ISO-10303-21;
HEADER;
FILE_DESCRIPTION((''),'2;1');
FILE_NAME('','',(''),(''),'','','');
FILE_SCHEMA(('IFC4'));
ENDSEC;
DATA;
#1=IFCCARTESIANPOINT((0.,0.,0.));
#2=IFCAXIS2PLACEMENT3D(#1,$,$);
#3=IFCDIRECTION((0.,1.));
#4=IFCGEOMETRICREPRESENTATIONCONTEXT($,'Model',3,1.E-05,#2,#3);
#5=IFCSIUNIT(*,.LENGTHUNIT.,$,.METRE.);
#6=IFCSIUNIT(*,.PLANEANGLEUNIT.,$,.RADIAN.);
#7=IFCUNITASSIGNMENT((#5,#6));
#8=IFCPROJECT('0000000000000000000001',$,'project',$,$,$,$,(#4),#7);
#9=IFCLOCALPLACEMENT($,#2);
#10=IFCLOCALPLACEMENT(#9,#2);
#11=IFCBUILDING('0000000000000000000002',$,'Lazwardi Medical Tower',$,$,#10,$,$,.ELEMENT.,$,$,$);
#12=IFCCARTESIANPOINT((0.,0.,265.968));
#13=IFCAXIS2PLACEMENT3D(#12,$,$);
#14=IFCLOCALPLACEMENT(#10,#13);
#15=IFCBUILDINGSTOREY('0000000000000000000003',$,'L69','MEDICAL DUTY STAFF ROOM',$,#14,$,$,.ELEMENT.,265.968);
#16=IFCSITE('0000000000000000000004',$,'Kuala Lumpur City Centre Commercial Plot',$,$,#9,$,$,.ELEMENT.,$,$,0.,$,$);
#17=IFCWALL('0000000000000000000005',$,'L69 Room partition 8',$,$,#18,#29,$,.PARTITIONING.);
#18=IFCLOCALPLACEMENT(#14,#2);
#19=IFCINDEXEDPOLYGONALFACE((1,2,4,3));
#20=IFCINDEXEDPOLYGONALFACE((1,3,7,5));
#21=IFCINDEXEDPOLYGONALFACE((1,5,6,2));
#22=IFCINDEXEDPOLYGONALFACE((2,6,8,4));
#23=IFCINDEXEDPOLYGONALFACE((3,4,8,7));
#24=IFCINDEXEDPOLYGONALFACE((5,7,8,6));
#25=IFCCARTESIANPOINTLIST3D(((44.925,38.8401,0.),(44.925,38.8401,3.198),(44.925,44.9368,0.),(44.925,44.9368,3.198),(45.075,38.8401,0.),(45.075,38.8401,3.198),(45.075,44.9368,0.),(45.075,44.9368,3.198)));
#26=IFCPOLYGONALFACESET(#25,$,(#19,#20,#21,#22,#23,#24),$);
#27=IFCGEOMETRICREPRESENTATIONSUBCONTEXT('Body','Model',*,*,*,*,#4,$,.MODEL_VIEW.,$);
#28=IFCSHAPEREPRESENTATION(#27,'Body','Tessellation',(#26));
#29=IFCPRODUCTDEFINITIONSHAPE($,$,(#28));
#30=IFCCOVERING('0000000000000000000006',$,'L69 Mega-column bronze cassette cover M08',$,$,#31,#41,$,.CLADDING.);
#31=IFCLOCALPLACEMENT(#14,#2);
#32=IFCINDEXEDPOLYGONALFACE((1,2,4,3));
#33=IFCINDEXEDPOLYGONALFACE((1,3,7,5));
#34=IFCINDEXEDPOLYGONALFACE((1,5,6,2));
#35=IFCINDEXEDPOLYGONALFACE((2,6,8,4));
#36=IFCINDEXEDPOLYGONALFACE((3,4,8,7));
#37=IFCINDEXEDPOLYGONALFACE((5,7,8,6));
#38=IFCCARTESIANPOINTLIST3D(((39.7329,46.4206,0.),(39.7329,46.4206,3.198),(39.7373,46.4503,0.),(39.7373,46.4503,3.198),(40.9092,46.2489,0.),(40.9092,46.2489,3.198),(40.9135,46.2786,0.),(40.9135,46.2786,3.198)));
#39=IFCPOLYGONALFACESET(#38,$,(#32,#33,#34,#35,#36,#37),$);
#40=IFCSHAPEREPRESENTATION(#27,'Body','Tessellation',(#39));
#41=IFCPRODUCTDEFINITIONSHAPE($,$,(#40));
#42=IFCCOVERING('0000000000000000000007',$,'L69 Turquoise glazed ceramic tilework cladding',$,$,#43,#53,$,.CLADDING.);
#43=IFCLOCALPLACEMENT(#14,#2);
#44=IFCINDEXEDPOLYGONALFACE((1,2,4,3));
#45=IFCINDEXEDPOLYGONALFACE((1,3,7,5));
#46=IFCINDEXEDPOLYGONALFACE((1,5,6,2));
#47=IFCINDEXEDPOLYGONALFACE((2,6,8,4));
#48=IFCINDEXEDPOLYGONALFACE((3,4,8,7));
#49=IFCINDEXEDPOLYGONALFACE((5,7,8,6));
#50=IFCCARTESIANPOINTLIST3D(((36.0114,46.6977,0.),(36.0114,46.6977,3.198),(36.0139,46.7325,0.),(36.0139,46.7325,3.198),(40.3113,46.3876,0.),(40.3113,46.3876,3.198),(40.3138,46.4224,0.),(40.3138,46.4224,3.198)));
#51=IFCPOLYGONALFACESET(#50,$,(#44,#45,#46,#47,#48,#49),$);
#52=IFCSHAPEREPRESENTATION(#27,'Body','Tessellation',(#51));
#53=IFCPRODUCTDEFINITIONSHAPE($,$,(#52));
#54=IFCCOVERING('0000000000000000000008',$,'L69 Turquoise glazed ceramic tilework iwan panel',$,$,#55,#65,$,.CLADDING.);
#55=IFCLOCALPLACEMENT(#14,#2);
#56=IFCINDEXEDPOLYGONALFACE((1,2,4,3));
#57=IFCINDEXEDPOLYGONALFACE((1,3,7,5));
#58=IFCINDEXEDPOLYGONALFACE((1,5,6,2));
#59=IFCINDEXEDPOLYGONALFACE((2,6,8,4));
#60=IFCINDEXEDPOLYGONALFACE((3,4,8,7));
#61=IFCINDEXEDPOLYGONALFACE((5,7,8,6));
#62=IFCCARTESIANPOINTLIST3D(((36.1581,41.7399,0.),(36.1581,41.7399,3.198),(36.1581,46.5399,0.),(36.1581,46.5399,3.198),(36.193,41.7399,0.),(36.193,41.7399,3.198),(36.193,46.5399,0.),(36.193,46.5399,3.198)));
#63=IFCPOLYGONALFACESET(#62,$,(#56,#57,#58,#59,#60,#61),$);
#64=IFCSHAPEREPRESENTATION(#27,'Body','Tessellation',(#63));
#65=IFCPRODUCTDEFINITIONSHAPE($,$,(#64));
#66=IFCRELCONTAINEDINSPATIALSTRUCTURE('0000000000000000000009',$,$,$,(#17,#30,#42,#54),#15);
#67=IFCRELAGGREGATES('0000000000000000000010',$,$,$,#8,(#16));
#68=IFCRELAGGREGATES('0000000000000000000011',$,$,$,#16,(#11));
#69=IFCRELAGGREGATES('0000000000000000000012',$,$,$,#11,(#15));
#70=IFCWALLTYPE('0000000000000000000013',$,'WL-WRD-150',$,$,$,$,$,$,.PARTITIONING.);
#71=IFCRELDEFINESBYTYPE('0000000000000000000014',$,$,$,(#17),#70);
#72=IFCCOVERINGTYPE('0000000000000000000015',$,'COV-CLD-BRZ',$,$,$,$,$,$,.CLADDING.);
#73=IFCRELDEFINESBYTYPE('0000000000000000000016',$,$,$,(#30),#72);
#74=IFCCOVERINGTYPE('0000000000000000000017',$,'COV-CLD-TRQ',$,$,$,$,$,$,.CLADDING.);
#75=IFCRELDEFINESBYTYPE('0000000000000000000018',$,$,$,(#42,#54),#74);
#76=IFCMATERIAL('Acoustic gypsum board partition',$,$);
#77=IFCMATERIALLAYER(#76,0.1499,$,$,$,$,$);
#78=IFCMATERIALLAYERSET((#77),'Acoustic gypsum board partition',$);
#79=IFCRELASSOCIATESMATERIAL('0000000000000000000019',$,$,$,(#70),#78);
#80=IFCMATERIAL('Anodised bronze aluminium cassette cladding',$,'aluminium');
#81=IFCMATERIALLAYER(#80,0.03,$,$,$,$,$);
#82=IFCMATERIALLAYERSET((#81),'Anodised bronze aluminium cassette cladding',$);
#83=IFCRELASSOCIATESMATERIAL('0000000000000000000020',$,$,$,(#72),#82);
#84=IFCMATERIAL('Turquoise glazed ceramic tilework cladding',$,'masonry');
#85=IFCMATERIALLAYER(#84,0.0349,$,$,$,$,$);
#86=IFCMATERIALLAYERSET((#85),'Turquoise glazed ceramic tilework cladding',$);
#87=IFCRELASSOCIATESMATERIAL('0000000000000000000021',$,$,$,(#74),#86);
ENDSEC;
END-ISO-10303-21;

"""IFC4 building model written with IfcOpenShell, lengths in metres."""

from ifc_helpers import new_model, si_unit, direction, frame, frame_2d, origin, origin_2d, place, context, subcontext, project, spatial, rectangle, extrude, material, layer, layer_set, type_object, element, save


model = new_model("IFC4")

# Units and contexts
model_context = context("Model", 3, precision=1e-05, world=origin(), true_north=direction((0.0, 1.0)))
body_context = subcontext(model_context, "Body", "Model", "MODEL_VIEW")
ifc_project = project(units=[si_unit("LENGTHUNIT", "METRE"), si_unit("PLANEANGLEUNIT", "RADIAN")], contexts=[model_context])

# Site, building, storey
site_placement = place(None, origin())
site = spatial("IfcSite", under=ifc_project, at=site_placement, Name="Kuala Lumpur City Centre Commercial Plot", CompositionType="ELEMENT", RefElevation=0.0)
building_placement = place(site_placement, origin())
building = spatial("IfcBuilding", under=site, at=building_placement, Name="Lazwardi Medical Tower", CompositionType="ELEMENT")
storey_placement = place(building_placement, frame((0.0, 0.0, 265.968)))
storey = spatial("IfcBuildingStorey", under=building, at=storey_placement, Name="L69", Description="MEDICAL DUTY STAFF ROOM", CompositionType="ELEMENT", Elevation=265.968)

# Wall
ifc_material_1 = material(Name="Acoustic gypsum board partition")
ifc_layer_1 = layer(ifc_material_1, 0.1499)
ifc_layer_set_1 = layer_set([ifc_layer_1], Name="Acoustic gypsum board partition")
wall_type_1 = type_object("IfcWallType", Name="WL-WRD-150", PredefinedType="PARTITIONING", material=ifc_layer_set_1)
wall_1_placement = place(storey_placement, frame((45.0, 38.8401, 0.0), z_axis=(0.0, 0.0, 1.0), x_axis=(0.0, 1.0, 0.0)))
element("IfcWall", 1, at=wall_1_placement, inside=storey, type_object=wall_type_1, Name="L69 Room partition 8", PredefinedType="PARTITIONING", context=body_context, shape_type="SweptSolid", body=[
    extrude(rectangle(XDim=6.0967, YDim=0.1499, at=frame_2d((3.0483, 0.0))), origin(), (0.0, 0.0, 1.0), 3.198),
])

# Coverings
ifc_material_2 = material(Name="Anodised bronze aluminium cassette cladding", Category="aluminium")
ifc_layer_2 = layer(ifc_material_2, 0.03)
ifc_layer_set_2 = layer_set([ifc_layer_2], Name="Anodised bronze aluminium cassette cladding")
covering_type_1 = type_object("IfcCoveringType", Name="COV-CLD-BRZ", PredefinedType="CLADDING", material=ifc_layer_set_2)
covering_1_placement = place(storey_placement, frame((40.3232, 46.3496, 0.0), z_axis=(0.0, 0.0, 1.0), x_axis=(-0.989512, 0.144448, 0.0)))
element("IfcCovering", 2, at=covering_1_placement, inside=storey, type_object=covering_type_1, Name="L69 Mega-column bronze cassette cover M08", PredefinedType="CLADDING", context=body_context, shape_type="SweptSolid", body=[
    extrude(rectangle(XDim=1.1887, YDim=0.03, at=origin_2d()), origin(), (0.0, 0.0, 1.0), 3.198),
])
ifc_material_3 = material(Name="Turquoise glazed ceramic tilework cladding", Category="masonry")
ifc_layer_3 = layer(ifc_material_3, 0.0349)
ifc_layer_set_3 = layer_set([ifc_layer_3], Name="Turquoise glazed ceramic tilework cladding")
covering_type_2 = type_object("IfcCoveringType", Name="COV-CLD-TRQ", PredefinedType="CLADDING", material=ifc_layer_set_3)
covering_2_placement = place(storey_placement, frame((38.1626, 46.5601, 0.0), z_axis=(0.0, 0.0, 1.0), x_axis=(-0.997409, 0.071933, 0.0)))
element("IfcCovering", 3, at=covering_2_placement, inside=storey, type_object=covering_type_2, Name="L69 Turquoise glazed ceramic tilework cladding", PredefinedType="CLADDING", context=body_context, shape_type="SweptSolid", body=[
    extrude(rectangle(XDim=4.311, YDim=0.0349, at=origin_2d()), origin(), (0.0, 0.0, 1.0), 3.198),
])
covering_3_placement = place(storey_placement, frame((36.1755, 44.1399, 0.0), z_axis=(0.0, 0.0, 1.0), x_axis=(0.0, -1.0, 0.0)))
element("IfcCovering", 4, at=covering_3_placement, inside=storey, type_object=covering_type_2, Name="L69 Turquoise glazed ceramic tilework iwan panel", PredefinedType="CLADDING", context=body_context, shape_type="SweptSolid", body=[
    extrude(rectangle(XDim=4.8, YDim=0.0349, at=origin_2d()), origin(), (0.0, 0.0, 1.0), 3.198),
])

save(model, "model.ifc")
